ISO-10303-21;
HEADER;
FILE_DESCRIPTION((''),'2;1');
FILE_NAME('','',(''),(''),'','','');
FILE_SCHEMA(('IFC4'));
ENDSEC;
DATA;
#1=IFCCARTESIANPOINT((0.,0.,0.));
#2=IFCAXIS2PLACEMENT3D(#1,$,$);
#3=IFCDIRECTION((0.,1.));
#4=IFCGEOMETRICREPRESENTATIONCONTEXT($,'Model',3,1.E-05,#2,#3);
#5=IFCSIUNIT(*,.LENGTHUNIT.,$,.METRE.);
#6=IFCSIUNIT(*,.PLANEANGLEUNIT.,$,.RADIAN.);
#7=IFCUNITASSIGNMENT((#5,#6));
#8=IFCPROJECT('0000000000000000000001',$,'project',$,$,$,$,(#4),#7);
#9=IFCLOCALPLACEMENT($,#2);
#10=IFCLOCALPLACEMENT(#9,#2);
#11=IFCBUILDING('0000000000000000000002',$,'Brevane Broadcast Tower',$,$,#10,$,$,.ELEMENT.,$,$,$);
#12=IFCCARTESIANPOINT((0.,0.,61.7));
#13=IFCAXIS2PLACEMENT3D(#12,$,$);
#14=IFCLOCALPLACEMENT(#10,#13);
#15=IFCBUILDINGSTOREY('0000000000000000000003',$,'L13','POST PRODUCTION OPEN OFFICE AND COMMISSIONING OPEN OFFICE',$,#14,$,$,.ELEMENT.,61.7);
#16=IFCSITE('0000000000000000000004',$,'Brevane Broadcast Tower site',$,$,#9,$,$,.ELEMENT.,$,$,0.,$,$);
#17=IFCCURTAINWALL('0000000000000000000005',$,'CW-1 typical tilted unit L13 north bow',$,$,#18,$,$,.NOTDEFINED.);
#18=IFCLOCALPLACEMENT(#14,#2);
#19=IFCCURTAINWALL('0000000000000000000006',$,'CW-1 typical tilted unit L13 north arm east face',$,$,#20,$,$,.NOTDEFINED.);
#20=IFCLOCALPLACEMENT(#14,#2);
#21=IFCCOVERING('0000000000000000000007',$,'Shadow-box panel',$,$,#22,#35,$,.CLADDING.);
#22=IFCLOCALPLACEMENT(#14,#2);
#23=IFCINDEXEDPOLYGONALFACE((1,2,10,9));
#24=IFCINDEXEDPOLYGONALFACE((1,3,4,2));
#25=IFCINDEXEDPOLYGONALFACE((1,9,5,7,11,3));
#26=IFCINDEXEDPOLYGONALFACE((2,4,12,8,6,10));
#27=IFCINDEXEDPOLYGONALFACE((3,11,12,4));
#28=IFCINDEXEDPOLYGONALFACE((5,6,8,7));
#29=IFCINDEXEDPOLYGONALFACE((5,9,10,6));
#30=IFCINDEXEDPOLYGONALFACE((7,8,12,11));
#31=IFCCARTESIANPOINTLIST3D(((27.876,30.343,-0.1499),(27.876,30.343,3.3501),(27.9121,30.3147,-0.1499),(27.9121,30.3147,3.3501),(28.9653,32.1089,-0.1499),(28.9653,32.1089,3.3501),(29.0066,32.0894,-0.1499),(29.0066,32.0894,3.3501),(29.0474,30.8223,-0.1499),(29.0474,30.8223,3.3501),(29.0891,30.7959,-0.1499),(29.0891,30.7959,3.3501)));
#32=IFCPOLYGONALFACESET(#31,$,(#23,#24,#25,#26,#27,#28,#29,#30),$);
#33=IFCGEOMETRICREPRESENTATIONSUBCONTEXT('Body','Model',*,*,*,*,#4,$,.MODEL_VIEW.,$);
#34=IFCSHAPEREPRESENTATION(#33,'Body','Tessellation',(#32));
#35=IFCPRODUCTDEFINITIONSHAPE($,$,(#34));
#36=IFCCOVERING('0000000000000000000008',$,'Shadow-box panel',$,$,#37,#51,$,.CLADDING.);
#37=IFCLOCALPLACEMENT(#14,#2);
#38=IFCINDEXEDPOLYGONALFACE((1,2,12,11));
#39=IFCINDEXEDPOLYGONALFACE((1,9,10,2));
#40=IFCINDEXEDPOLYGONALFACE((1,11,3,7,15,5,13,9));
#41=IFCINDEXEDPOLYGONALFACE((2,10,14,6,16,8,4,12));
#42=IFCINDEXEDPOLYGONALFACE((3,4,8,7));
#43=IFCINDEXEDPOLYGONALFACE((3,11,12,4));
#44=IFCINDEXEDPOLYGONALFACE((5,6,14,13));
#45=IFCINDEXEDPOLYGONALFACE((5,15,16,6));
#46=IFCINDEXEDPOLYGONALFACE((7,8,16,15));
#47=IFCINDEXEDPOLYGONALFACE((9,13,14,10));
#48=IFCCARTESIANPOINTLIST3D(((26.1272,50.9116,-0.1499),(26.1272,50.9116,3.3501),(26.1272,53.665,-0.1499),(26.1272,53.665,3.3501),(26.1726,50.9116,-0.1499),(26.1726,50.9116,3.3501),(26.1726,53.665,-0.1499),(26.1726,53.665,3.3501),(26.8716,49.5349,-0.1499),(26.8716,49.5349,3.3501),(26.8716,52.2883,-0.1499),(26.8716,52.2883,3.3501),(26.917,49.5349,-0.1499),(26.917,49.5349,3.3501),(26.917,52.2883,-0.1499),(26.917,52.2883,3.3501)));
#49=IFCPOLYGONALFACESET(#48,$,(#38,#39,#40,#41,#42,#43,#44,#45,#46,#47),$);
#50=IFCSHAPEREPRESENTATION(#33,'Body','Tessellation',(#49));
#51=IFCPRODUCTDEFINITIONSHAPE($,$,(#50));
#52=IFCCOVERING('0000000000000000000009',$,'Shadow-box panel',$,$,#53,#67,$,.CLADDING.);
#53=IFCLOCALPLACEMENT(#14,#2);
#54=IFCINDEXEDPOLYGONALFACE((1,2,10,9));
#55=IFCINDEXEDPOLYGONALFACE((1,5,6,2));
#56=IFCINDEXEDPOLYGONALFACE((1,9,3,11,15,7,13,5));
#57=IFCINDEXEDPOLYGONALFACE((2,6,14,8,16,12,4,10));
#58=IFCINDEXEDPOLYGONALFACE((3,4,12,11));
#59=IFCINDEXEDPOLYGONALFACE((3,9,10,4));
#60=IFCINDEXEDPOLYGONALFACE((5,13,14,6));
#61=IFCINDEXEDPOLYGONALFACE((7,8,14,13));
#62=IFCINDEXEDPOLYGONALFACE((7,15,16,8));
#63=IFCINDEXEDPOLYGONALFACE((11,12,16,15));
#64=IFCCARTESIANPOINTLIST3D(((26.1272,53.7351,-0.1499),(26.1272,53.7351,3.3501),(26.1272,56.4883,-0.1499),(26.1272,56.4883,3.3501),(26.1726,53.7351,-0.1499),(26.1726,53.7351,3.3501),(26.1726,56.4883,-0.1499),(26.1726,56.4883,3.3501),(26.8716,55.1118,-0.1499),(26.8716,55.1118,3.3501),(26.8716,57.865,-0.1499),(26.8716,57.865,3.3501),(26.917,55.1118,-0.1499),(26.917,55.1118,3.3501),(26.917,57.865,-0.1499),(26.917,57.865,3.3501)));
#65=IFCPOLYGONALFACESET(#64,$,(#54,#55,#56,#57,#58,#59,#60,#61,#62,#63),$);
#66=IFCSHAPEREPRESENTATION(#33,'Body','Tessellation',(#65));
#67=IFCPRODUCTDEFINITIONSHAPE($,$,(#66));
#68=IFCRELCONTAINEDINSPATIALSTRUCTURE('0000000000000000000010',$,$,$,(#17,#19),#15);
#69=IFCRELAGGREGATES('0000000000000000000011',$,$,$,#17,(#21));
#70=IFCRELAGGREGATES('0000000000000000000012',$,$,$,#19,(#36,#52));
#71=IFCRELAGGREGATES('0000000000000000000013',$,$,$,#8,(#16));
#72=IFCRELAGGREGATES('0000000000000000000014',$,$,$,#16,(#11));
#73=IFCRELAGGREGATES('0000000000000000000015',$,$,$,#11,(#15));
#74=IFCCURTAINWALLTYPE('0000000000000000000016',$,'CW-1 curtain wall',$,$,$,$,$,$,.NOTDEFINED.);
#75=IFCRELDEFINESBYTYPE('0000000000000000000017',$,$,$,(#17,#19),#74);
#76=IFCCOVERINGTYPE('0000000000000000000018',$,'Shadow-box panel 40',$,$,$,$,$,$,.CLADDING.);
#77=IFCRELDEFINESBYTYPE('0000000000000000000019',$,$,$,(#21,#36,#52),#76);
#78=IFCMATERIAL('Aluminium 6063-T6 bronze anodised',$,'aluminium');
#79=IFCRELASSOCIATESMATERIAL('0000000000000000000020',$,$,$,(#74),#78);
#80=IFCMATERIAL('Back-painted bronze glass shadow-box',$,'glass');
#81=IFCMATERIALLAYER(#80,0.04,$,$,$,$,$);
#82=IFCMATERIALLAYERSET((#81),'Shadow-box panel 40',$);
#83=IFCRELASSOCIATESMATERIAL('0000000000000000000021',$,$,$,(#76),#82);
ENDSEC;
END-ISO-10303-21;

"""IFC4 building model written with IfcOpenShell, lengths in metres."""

from ifc_helpers import new_model, si_unit, direction, frame, origin, place, context, subcontext, project, spatial, polyline, outline, extrude, material, layer, layer_set, type_object, element, aggregate, save


model = new_model("IFC4")

# Units and contexts
model_context = context("Model", 3, precision=1e-05, world=origin(), true_north=direction((0.0, 1.0)))
body_context = subcontext(model_context, "Body", "Model", "MODEL_VIEW")
ifc_project = project(units=[si_unit("LENGTHUNIT", "METRE"), si_unit("PLANEANGLEUNIT", "RADIAN")], contexts=[model_context])

# Site, building, storey
site_placement = place(None, origin())
site = spatial("IfcSite", under=ifc_project, at=site_placement, Name="Brevane Broadcast Tower site", CompositionType="ELEMENT", RefElevation=0.0)
building_placement = place(site_placement, origin())
building = spatial("IfcBuilding", under=site, at=building_placement, Name="Brevane Broadcast Tower", CompositionType="ELEMENT")
storey_placement = place(building_placement, frame((0.0, 0.0, 61.7)))
storey = spatial("IfcBuildingStorey", under=building, at=storey_placement, Name="L13", Description="POST PRODUCTION OPEN OFFICE AND COMMISSIONING OPEN OFFICE", CompositionType="ELEMENT", Elevation=61.7)

# Shared definitions
ifc_material_1 = material(Name="Aluminium 6063-T6 bronze anodised", Category="aluminium")
curtain_wall_type = type_object("IfcCurtainWallType", Name="CW-1 curtain wall", PredefinedType="NOTDEFINED", material=ifc_material_1)

# Curtain walls
curtain_wall_1_placement = place(storey_placement, origin())
curtain_wall_1 = element("IfcCurtainWall", 1, at=curtain_wall_1_placement, inside=storey, type_object=curtain_wall_type, Name="CW-1 typical tilted unit L13 north bow", PredefinedType="NOTDEFINED")
curtain_wall_2_placement = place(storey_placement, origin())
curtain_wall_2 = element("IfcCurtainWall", 2, at=curtain_wall_2_placement, inside=storey, type_object=curtain_wall_type, Name="CW-1 typical tilted unit L13 north arm east face", PredefinedType="NOTDEFINED")

# Coverings
ifc_material_2 = material(Name="Back-painted bronze glass shadow-box", Category="glass")
ifc_layer_1 = layer(ifc_material_2, 0.04)
ifc_layer_set_1 = layer_set([ifc_layer_1], Name="Shadow-box panel 40")
covering_type = type_object("IfcCoveringType", Name="Shadow-box panel 40", PredefinedType="CLADDING", material=ifc_layer_set_1)
covering_1_placement = place(storey_placement, frame((0.0, 0.0, -0.1499)))
covering_1 = element("IfcCovering", 3, at=covering_1_placement, type_object=covering_type, Name="Shadow-box panel", PredefinedType="CLADDING", context=body_context, shape_type="SweptSolid", body=[
    extrude(outline(polyline([(27.876, 30.343), (27.9121, 30.3147), (29.0891, 30.7959), (29.0066, 32.0894), (28.9653, 32.1089), (29.0474, 30.8223), (27.876, 30.343)])), origin(), (0.0, 0.0, 1.0), 3.5),
])
aggregate(curtain_wall_1, [covering_1])
covering_2_placement = place(storey_placement, frame((0.0, 0.0, -0.1499)))
covering_2 = element("IfcCovering", 4, at=covering_2_placement, type_object=covering_type, Name="Shadow-box panel", PredefinedType="CLADDING", context=body_context, shape_type="SweptSolid", body=[
    extrude(outline(polyline([(26.8716, 49.5349), (26.917, 49.5349), (26.1726, 50.9116), (26.917, 52.2883), (26.1726, 53.665), (26.1272, 53.665), (26.8716, 52.2883), (26.1272, 50.9116), (26.8716, 49.5349)])), origin(), (0.0, 0.0, 1.0), 3.5),
])
covering_3_placement = place(storey_placement, frame((0.0, 0.0, -0.1499)))
covering_3 = element("IfcCovering", 5, at=covering_3_placement, type_object=covering_type, Name="Shadow-box panel", PredefinedType="CLADDING", context=body_context, shape_type="SweptSolid", body=[
    extrude(outline(polyline([(26.1272, 53.7351), (26.1726, 53.7351), (26.917, 55.1118), (26.1726, 56.4883), (26.917, 57.865), (26.8716, 57.865), (26.1272, 56.4883), (26.8716, 55.1118), (26.1272, 53.7351)])), origin(), (0.0, 0.0, 1.0), 3.5),
])
aggregate(curtain_wall_2, [covering_2, covering_3])

save(model, "model.ifc")
